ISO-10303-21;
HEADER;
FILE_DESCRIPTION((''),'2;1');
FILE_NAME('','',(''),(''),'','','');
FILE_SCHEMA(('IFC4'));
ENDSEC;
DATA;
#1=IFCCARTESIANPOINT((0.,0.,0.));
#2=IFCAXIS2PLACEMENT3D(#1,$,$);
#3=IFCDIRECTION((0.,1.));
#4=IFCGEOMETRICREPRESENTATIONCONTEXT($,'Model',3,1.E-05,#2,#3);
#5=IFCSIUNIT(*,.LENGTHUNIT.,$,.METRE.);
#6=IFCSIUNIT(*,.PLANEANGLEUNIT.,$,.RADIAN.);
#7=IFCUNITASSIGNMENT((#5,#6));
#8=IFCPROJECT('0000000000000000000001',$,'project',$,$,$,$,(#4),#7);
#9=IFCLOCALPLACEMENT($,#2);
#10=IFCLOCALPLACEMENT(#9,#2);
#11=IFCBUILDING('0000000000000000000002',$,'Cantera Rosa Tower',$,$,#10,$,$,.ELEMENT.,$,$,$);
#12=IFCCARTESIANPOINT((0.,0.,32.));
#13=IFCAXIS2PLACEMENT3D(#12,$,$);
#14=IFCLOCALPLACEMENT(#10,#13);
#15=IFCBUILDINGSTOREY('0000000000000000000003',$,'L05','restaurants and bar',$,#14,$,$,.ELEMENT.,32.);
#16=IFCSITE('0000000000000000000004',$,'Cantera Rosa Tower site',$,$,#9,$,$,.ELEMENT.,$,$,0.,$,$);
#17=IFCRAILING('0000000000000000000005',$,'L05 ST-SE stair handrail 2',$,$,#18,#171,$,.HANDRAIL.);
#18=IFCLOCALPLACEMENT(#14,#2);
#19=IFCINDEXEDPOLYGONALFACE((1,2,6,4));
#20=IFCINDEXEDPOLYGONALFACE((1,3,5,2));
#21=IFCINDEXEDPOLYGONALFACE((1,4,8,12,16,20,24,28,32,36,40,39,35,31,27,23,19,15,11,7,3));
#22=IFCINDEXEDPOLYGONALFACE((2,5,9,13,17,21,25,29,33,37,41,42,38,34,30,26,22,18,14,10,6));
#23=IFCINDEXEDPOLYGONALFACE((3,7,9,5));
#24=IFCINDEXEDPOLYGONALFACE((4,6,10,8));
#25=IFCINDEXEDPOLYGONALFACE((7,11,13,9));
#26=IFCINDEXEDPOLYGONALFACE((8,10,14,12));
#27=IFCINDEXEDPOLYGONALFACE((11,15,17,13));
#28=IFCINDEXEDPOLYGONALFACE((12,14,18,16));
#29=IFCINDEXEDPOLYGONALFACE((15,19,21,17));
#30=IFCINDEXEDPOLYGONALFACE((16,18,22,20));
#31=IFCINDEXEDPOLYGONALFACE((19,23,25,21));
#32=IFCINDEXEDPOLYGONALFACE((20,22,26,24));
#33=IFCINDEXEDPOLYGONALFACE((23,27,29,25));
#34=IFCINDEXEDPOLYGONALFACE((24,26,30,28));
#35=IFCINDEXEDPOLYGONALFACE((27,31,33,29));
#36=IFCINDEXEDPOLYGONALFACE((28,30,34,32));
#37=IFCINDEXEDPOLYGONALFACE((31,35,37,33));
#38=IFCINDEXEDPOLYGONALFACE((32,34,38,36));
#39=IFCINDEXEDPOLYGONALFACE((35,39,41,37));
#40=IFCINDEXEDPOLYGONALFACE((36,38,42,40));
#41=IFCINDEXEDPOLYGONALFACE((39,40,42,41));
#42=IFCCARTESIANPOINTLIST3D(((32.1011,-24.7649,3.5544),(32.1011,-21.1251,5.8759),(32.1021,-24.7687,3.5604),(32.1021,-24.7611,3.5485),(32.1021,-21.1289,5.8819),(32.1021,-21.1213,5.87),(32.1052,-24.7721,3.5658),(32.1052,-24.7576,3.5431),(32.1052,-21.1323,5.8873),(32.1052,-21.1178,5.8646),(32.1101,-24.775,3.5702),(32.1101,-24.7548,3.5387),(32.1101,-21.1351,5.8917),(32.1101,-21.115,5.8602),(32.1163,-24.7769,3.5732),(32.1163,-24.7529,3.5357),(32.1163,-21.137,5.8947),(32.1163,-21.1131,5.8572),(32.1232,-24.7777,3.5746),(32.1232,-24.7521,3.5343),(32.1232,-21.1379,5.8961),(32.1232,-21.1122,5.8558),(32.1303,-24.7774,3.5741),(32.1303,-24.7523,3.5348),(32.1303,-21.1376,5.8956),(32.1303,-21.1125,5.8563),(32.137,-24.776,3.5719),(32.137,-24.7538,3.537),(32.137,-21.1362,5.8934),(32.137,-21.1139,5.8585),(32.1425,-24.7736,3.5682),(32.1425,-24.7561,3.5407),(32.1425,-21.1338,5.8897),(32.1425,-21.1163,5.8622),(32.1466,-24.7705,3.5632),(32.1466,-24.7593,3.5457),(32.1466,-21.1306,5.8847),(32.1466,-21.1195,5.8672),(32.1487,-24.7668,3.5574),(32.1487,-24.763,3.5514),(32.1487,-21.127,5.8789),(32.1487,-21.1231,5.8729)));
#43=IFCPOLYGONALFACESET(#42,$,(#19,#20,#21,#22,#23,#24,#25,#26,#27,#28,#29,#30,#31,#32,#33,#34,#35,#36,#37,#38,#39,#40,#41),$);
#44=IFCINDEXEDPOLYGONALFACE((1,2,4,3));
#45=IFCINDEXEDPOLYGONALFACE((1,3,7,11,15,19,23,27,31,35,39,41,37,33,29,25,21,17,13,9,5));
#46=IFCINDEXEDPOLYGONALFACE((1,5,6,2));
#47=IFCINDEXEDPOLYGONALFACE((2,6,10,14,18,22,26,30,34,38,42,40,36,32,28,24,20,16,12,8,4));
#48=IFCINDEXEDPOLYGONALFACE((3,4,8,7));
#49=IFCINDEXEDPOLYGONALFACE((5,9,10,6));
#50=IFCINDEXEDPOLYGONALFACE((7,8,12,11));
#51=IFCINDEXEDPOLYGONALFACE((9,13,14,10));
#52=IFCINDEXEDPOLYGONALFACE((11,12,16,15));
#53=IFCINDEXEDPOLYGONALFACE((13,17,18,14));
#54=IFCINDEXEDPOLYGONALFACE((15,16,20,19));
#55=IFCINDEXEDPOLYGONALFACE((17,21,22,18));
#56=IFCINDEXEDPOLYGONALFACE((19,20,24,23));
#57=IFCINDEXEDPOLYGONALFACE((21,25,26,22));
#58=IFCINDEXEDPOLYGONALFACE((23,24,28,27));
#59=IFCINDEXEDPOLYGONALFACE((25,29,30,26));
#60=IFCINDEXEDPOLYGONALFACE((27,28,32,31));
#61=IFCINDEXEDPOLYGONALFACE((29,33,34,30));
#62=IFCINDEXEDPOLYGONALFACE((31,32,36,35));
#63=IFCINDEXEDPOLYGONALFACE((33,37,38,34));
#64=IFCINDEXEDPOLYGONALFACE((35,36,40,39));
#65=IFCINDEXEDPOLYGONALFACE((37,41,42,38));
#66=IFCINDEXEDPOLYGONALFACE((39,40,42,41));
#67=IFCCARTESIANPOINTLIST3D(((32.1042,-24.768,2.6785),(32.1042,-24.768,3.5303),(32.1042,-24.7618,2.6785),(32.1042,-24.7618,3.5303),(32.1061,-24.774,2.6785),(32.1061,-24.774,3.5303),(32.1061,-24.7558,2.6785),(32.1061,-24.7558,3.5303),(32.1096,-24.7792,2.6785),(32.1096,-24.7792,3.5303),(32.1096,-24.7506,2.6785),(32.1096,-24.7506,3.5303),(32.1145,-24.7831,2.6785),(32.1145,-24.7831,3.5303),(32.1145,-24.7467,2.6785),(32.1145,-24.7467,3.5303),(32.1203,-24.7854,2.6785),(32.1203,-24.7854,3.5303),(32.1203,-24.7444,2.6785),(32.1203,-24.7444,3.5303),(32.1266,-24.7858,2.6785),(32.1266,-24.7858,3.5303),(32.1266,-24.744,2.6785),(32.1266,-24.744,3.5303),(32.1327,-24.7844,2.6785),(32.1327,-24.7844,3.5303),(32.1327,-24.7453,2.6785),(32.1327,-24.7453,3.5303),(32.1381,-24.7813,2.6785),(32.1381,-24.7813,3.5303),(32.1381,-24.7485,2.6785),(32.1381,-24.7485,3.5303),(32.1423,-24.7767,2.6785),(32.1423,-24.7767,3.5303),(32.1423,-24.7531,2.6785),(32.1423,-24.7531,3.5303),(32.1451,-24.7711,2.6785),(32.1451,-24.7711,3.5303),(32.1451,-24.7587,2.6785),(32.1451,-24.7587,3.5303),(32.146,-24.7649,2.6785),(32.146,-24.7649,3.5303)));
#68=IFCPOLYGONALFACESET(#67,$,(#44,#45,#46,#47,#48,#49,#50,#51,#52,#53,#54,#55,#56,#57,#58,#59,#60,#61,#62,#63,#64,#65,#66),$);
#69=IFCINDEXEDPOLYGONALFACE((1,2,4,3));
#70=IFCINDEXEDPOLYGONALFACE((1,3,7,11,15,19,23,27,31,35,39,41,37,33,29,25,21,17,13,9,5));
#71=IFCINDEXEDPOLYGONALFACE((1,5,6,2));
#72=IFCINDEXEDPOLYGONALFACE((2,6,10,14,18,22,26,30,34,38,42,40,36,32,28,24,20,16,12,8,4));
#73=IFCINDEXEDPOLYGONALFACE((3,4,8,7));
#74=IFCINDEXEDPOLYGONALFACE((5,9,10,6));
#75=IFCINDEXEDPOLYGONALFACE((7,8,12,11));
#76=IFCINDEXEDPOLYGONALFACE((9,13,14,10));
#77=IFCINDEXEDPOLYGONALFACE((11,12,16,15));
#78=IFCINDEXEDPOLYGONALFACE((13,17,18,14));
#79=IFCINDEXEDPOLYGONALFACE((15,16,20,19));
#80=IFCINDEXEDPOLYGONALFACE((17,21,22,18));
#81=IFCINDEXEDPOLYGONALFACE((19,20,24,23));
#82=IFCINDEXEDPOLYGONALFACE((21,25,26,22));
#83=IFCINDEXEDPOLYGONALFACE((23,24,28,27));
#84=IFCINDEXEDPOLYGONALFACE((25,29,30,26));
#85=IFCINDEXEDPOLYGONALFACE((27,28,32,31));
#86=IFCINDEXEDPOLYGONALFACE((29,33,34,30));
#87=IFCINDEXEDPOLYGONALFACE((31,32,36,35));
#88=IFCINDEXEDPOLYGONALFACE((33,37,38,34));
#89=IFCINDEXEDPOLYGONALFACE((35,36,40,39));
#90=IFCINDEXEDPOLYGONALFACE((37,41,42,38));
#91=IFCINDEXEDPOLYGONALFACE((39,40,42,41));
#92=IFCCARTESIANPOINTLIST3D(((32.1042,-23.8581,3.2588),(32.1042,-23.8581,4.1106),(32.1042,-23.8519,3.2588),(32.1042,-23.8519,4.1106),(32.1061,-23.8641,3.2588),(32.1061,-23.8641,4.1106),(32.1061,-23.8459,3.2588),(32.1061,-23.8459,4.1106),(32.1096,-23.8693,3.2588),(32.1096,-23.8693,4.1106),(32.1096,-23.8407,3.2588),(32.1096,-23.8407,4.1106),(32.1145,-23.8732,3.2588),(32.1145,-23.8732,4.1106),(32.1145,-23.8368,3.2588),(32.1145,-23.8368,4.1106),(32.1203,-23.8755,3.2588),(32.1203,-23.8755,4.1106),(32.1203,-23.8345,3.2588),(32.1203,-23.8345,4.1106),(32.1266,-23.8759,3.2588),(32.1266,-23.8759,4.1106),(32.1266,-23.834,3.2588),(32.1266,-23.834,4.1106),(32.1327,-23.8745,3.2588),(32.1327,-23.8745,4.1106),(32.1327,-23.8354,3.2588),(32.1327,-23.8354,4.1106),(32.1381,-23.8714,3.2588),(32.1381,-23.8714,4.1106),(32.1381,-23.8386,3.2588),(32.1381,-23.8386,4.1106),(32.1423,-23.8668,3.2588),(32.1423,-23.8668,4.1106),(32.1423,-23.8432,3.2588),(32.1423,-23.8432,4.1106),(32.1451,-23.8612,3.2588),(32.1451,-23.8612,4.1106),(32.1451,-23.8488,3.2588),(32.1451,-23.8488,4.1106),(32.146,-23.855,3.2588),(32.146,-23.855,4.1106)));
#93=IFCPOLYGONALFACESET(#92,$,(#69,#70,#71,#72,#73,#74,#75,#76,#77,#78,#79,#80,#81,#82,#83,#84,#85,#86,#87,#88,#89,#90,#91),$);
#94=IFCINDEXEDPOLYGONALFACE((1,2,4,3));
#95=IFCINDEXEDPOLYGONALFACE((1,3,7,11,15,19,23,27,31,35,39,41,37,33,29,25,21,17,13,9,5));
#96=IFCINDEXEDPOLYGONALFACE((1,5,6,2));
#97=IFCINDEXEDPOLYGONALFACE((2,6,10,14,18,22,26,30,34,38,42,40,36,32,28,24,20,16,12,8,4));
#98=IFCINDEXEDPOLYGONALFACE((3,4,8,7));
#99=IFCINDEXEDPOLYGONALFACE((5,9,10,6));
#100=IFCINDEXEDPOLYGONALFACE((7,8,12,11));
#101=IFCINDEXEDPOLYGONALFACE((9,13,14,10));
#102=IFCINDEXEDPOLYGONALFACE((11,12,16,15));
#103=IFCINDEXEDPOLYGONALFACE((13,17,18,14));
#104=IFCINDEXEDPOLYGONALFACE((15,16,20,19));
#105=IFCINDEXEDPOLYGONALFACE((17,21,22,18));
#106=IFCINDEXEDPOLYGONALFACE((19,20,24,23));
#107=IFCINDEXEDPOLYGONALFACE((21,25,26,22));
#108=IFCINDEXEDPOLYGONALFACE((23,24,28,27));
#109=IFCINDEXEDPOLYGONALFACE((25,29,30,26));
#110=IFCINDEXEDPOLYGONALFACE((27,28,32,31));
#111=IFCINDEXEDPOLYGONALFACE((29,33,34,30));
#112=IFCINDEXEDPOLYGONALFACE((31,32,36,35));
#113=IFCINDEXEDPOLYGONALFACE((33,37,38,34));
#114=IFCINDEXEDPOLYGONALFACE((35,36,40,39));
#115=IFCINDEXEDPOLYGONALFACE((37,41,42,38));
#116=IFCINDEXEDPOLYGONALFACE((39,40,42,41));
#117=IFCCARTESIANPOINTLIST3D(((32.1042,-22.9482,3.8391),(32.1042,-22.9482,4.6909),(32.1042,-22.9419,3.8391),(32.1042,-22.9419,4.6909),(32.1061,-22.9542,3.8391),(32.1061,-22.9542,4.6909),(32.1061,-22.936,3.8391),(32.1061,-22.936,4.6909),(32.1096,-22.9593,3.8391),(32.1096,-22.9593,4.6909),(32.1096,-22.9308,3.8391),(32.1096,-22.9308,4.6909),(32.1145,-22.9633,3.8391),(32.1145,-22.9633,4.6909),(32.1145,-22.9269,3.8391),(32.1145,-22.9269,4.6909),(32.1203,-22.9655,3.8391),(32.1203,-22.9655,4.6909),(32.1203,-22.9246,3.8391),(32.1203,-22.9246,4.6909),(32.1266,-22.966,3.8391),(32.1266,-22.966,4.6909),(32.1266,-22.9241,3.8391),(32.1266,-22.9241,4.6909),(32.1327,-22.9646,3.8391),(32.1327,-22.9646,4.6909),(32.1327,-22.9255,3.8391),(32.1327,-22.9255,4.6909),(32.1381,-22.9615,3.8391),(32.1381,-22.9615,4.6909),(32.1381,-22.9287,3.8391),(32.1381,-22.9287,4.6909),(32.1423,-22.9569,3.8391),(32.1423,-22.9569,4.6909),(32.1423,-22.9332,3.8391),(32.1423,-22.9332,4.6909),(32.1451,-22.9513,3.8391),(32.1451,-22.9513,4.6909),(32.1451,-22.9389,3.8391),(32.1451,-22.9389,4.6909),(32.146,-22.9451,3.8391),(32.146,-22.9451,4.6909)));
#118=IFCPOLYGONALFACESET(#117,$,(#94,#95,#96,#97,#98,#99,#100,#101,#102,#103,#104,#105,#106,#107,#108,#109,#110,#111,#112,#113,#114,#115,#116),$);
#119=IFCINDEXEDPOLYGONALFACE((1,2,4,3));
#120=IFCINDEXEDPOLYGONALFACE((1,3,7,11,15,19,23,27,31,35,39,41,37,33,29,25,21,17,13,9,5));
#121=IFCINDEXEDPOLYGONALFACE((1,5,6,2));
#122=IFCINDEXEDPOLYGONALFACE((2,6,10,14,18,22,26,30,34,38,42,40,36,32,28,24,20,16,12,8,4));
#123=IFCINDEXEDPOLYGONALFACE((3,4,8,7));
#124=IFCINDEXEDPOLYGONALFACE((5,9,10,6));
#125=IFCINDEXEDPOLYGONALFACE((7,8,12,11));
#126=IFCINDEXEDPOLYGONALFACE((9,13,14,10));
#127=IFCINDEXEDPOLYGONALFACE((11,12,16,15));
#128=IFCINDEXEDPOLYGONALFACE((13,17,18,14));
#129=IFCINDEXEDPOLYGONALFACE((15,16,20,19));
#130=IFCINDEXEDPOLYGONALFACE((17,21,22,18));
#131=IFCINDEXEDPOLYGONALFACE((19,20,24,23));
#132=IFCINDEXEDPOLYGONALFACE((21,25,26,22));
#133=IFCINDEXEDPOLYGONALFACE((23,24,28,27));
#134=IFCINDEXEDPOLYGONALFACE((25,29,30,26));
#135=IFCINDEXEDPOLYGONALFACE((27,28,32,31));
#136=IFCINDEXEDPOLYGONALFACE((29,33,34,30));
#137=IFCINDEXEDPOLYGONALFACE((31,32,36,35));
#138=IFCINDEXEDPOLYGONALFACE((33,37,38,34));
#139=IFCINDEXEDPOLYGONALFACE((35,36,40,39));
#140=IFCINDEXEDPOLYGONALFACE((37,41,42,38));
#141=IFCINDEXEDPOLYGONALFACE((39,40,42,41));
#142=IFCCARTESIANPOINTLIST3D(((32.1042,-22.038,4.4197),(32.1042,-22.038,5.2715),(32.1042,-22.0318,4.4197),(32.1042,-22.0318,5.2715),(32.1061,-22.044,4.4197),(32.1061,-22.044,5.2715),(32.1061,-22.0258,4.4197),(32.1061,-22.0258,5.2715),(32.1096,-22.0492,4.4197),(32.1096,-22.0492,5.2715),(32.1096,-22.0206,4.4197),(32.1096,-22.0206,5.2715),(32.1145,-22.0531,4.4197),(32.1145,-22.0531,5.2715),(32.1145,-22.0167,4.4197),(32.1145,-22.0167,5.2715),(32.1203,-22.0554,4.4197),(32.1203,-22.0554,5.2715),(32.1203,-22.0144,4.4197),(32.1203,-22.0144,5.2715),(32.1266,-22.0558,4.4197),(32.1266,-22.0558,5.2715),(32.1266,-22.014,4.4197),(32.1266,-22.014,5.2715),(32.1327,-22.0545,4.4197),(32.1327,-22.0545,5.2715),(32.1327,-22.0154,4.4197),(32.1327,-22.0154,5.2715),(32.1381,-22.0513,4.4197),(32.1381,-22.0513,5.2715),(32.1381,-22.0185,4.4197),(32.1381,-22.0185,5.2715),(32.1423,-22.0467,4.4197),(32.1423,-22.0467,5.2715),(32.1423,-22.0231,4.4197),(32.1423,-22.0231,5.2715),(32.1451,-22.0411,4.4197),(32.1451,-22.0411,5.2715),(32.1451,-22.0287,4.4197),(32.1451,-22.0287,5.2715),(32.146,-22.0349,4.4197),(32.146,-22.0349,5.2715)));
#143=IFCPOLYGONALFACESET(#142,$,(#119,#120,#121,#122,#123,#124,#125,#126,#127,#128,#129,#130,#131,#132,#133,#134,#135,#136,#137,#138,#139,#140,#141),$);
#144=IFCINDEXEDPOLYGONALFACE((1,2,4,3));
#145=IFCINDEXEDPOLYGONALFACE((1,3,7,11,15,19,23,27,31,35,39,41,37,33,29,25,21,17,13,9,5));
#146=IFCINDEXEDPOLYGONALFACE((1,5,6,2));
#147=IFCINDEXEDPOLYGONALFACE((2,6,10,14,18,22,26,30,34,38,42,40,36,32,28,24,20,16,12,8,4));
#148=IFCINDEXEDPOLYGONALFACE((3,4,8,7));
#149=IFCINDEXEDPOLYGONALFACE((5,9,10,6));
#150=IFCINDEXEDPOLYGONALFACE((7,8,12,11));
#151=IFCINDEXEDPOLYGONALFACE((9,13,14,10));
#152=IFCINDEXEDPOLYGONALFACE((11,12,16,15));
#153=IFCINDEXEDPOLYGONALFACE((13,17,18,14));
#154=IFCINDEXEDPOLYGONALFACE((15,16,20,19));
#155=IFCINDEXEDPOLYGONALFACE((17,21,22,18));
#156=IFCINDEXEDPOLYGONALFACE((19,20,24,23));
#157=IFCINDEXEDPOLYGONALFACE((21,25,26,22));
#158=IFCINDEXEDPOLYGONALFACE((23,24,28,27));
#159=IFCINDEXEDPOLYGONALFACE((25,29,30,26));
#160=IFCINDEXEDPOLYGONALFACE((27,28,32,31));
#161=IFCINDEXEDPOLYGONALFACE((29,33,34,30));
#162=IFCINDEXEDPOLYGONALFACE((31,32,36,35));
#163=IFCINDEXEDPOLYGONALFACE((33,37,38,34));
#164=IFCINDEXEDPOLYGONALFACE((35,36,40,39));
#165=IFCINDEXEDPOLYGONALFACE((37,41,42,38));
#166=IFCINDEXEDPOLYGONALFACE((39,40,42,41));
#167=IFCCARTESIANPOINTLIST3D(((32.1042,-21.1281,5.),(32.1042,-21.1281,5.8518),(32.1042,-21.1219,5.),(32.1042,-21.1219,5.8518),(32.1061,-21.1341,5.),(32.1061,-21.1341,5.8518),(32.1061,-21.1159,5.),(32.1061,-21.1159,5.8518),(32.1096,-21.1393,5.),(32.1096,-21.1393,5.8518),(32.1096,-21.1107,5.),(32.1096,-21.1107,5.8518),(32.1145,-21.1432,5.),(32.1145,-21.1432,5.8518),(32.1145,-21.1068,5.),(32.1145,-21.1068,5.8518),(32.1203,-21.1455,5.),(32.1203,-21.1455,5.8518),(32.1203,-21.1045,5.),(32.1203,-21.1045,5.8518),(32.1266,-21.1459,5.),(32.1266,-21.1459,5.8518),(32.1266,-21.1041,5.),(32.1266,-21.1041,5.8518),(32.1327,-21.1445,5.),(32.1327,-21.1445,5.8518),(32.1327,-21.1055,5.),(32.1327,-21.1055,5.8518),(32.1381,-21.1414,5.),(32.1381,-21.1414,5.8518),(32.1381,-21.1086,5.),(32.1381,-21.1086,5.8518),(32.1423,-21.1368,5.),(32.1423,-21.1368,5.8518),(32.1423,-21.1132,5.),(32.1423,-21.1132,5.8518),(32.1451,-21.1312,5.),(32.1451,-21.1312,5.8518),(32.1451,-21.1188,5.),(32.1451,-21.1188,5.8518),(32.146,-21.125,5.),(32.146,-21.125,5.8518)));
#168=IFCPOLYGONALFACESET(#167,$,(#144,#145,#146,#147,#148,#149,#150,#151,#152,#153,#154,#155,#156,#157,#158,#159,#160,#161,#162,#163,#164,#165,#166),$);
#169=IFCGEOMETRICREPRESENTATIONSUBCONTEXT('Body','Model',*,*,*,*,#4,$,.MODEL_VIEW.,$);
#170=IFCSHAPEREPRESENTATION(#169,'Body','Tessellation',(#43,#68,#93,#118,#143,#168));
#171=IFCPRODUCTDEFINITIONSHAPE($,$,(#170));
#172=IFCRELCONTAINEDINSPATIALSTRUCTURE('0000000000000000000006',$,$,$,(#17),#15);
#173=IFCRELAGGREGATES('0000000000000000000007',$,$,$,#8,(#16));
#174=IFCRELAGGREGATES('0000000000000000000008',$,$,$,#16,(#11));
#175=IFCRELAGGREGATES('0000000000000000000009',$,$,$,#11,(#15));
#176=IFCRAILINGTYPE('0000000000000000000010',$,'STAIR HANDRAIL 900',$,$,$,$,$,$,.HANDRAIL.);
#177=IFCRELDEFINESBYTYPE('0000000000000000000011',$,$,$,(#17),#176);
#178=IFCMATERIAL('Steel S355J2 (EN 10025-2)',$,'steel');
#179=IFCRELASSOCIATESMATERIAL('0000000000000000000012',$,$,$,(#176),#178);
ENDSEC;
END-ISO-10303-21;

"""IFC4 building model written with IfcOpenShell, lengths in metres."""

from ifc_helpers import new_model, si_unit, direction, frame, origin, origin_2d, place, context, subcontext, project, spatial, circle, extrude, material, type_object, element, save


model = new_model("IFC4")

# Units and contexts
model_context = context("Model", 3, precision=1e-05, world=origin(), true_north=direction((0.0, 1.0)))
body_context = subcontext(model_context, "Body", "Model", "MODEL_VIEW")
ifc_project = project(units=[si_unit("LENGTHUNIT", "METRE"), si_unit("PLANEANGLEUNIT", "RADIAN")], contexts=[model_context])

# Site, building, storey
site_placement = place(None, origin())
site = spatial("IfcSite", under=ifc_project, at=site_placement, Name="Cantera Rosa Tower site", CompositionType="ELEMENT", RefElevation=0.0)
building_placement = place(site_placement, origin())
building = spatial("IfcBuilding", under=site, at=building_placement, Name="Cantera Rosa Tower", CompositionType="ELEMENT")
storey_placement = place(building_placement, frame((0.0, 0.0, 32.0)))
storey = spatial("IfcBuildingStorey", under=building, at=storey_placement, Name="L05", Description="restaurants and bar", CompositionType="ELEMENT", Elevation=32.0)

# Railing
ifc_material_1 = material(Name="Steel S355J2 (EN 10025-2)", Category="steel")
railing_type_1 = type_object("IfcRailingType", Name="STAIR HANDRAIL 900", PredefinedType="HANDRAIL", material=ifc_material_1)
railing_1_placement = place(storey_placement, frame((32.125, -24.7649, 2.6785)))
element("IfcRailing", 1, at=railing_1_placement, inside=storey, type_object=railing_type_1, Name="L05 ST-SE stair handrail 2", PredefinedType="HANDRAIL", context=body_context, shape_type="SweptSolid", body=[
    extrude(circle(Radius=0.0239, at=origin_2d()), frame((0.0, 0.0, 0.876), z_axis=(0.0, 0.843112, 0.537739), x_axis=(-1.0, 0.0, 0.0)), (0.0, 0.0, 1.0), 4.3171),
    extrude(circle(Radius=0.021, at=origin_2d()), origin(), (0.0, 0.0, 1.0), 0.8518),
    extrude(circle(Radius=0.021, at=origin_2d()), frame((0.0, 0.9099, 0.5803)), (0.0, 0.0, 1.0), 0.8518),
    extrude(circle(Radius=0.021, at=origin_2d()), frame((0.0, 1.8198, 1.1606)), (0.0, 0.0, 1.0), 0.8518),
    extrude(circle(Radius=0.021, at=origin_2d()), frame((0.0, 2.73, 1.7412)), (0.0, 0.0, 1.0), 0.8518),
    extrude(circle(Radius=0.021, at=origin_2d()), frame((0.0, 3.6399, 2.3215)), (0.0, 0.0, 1.0), 0.8518),
])

save(model, "model.ifc")
